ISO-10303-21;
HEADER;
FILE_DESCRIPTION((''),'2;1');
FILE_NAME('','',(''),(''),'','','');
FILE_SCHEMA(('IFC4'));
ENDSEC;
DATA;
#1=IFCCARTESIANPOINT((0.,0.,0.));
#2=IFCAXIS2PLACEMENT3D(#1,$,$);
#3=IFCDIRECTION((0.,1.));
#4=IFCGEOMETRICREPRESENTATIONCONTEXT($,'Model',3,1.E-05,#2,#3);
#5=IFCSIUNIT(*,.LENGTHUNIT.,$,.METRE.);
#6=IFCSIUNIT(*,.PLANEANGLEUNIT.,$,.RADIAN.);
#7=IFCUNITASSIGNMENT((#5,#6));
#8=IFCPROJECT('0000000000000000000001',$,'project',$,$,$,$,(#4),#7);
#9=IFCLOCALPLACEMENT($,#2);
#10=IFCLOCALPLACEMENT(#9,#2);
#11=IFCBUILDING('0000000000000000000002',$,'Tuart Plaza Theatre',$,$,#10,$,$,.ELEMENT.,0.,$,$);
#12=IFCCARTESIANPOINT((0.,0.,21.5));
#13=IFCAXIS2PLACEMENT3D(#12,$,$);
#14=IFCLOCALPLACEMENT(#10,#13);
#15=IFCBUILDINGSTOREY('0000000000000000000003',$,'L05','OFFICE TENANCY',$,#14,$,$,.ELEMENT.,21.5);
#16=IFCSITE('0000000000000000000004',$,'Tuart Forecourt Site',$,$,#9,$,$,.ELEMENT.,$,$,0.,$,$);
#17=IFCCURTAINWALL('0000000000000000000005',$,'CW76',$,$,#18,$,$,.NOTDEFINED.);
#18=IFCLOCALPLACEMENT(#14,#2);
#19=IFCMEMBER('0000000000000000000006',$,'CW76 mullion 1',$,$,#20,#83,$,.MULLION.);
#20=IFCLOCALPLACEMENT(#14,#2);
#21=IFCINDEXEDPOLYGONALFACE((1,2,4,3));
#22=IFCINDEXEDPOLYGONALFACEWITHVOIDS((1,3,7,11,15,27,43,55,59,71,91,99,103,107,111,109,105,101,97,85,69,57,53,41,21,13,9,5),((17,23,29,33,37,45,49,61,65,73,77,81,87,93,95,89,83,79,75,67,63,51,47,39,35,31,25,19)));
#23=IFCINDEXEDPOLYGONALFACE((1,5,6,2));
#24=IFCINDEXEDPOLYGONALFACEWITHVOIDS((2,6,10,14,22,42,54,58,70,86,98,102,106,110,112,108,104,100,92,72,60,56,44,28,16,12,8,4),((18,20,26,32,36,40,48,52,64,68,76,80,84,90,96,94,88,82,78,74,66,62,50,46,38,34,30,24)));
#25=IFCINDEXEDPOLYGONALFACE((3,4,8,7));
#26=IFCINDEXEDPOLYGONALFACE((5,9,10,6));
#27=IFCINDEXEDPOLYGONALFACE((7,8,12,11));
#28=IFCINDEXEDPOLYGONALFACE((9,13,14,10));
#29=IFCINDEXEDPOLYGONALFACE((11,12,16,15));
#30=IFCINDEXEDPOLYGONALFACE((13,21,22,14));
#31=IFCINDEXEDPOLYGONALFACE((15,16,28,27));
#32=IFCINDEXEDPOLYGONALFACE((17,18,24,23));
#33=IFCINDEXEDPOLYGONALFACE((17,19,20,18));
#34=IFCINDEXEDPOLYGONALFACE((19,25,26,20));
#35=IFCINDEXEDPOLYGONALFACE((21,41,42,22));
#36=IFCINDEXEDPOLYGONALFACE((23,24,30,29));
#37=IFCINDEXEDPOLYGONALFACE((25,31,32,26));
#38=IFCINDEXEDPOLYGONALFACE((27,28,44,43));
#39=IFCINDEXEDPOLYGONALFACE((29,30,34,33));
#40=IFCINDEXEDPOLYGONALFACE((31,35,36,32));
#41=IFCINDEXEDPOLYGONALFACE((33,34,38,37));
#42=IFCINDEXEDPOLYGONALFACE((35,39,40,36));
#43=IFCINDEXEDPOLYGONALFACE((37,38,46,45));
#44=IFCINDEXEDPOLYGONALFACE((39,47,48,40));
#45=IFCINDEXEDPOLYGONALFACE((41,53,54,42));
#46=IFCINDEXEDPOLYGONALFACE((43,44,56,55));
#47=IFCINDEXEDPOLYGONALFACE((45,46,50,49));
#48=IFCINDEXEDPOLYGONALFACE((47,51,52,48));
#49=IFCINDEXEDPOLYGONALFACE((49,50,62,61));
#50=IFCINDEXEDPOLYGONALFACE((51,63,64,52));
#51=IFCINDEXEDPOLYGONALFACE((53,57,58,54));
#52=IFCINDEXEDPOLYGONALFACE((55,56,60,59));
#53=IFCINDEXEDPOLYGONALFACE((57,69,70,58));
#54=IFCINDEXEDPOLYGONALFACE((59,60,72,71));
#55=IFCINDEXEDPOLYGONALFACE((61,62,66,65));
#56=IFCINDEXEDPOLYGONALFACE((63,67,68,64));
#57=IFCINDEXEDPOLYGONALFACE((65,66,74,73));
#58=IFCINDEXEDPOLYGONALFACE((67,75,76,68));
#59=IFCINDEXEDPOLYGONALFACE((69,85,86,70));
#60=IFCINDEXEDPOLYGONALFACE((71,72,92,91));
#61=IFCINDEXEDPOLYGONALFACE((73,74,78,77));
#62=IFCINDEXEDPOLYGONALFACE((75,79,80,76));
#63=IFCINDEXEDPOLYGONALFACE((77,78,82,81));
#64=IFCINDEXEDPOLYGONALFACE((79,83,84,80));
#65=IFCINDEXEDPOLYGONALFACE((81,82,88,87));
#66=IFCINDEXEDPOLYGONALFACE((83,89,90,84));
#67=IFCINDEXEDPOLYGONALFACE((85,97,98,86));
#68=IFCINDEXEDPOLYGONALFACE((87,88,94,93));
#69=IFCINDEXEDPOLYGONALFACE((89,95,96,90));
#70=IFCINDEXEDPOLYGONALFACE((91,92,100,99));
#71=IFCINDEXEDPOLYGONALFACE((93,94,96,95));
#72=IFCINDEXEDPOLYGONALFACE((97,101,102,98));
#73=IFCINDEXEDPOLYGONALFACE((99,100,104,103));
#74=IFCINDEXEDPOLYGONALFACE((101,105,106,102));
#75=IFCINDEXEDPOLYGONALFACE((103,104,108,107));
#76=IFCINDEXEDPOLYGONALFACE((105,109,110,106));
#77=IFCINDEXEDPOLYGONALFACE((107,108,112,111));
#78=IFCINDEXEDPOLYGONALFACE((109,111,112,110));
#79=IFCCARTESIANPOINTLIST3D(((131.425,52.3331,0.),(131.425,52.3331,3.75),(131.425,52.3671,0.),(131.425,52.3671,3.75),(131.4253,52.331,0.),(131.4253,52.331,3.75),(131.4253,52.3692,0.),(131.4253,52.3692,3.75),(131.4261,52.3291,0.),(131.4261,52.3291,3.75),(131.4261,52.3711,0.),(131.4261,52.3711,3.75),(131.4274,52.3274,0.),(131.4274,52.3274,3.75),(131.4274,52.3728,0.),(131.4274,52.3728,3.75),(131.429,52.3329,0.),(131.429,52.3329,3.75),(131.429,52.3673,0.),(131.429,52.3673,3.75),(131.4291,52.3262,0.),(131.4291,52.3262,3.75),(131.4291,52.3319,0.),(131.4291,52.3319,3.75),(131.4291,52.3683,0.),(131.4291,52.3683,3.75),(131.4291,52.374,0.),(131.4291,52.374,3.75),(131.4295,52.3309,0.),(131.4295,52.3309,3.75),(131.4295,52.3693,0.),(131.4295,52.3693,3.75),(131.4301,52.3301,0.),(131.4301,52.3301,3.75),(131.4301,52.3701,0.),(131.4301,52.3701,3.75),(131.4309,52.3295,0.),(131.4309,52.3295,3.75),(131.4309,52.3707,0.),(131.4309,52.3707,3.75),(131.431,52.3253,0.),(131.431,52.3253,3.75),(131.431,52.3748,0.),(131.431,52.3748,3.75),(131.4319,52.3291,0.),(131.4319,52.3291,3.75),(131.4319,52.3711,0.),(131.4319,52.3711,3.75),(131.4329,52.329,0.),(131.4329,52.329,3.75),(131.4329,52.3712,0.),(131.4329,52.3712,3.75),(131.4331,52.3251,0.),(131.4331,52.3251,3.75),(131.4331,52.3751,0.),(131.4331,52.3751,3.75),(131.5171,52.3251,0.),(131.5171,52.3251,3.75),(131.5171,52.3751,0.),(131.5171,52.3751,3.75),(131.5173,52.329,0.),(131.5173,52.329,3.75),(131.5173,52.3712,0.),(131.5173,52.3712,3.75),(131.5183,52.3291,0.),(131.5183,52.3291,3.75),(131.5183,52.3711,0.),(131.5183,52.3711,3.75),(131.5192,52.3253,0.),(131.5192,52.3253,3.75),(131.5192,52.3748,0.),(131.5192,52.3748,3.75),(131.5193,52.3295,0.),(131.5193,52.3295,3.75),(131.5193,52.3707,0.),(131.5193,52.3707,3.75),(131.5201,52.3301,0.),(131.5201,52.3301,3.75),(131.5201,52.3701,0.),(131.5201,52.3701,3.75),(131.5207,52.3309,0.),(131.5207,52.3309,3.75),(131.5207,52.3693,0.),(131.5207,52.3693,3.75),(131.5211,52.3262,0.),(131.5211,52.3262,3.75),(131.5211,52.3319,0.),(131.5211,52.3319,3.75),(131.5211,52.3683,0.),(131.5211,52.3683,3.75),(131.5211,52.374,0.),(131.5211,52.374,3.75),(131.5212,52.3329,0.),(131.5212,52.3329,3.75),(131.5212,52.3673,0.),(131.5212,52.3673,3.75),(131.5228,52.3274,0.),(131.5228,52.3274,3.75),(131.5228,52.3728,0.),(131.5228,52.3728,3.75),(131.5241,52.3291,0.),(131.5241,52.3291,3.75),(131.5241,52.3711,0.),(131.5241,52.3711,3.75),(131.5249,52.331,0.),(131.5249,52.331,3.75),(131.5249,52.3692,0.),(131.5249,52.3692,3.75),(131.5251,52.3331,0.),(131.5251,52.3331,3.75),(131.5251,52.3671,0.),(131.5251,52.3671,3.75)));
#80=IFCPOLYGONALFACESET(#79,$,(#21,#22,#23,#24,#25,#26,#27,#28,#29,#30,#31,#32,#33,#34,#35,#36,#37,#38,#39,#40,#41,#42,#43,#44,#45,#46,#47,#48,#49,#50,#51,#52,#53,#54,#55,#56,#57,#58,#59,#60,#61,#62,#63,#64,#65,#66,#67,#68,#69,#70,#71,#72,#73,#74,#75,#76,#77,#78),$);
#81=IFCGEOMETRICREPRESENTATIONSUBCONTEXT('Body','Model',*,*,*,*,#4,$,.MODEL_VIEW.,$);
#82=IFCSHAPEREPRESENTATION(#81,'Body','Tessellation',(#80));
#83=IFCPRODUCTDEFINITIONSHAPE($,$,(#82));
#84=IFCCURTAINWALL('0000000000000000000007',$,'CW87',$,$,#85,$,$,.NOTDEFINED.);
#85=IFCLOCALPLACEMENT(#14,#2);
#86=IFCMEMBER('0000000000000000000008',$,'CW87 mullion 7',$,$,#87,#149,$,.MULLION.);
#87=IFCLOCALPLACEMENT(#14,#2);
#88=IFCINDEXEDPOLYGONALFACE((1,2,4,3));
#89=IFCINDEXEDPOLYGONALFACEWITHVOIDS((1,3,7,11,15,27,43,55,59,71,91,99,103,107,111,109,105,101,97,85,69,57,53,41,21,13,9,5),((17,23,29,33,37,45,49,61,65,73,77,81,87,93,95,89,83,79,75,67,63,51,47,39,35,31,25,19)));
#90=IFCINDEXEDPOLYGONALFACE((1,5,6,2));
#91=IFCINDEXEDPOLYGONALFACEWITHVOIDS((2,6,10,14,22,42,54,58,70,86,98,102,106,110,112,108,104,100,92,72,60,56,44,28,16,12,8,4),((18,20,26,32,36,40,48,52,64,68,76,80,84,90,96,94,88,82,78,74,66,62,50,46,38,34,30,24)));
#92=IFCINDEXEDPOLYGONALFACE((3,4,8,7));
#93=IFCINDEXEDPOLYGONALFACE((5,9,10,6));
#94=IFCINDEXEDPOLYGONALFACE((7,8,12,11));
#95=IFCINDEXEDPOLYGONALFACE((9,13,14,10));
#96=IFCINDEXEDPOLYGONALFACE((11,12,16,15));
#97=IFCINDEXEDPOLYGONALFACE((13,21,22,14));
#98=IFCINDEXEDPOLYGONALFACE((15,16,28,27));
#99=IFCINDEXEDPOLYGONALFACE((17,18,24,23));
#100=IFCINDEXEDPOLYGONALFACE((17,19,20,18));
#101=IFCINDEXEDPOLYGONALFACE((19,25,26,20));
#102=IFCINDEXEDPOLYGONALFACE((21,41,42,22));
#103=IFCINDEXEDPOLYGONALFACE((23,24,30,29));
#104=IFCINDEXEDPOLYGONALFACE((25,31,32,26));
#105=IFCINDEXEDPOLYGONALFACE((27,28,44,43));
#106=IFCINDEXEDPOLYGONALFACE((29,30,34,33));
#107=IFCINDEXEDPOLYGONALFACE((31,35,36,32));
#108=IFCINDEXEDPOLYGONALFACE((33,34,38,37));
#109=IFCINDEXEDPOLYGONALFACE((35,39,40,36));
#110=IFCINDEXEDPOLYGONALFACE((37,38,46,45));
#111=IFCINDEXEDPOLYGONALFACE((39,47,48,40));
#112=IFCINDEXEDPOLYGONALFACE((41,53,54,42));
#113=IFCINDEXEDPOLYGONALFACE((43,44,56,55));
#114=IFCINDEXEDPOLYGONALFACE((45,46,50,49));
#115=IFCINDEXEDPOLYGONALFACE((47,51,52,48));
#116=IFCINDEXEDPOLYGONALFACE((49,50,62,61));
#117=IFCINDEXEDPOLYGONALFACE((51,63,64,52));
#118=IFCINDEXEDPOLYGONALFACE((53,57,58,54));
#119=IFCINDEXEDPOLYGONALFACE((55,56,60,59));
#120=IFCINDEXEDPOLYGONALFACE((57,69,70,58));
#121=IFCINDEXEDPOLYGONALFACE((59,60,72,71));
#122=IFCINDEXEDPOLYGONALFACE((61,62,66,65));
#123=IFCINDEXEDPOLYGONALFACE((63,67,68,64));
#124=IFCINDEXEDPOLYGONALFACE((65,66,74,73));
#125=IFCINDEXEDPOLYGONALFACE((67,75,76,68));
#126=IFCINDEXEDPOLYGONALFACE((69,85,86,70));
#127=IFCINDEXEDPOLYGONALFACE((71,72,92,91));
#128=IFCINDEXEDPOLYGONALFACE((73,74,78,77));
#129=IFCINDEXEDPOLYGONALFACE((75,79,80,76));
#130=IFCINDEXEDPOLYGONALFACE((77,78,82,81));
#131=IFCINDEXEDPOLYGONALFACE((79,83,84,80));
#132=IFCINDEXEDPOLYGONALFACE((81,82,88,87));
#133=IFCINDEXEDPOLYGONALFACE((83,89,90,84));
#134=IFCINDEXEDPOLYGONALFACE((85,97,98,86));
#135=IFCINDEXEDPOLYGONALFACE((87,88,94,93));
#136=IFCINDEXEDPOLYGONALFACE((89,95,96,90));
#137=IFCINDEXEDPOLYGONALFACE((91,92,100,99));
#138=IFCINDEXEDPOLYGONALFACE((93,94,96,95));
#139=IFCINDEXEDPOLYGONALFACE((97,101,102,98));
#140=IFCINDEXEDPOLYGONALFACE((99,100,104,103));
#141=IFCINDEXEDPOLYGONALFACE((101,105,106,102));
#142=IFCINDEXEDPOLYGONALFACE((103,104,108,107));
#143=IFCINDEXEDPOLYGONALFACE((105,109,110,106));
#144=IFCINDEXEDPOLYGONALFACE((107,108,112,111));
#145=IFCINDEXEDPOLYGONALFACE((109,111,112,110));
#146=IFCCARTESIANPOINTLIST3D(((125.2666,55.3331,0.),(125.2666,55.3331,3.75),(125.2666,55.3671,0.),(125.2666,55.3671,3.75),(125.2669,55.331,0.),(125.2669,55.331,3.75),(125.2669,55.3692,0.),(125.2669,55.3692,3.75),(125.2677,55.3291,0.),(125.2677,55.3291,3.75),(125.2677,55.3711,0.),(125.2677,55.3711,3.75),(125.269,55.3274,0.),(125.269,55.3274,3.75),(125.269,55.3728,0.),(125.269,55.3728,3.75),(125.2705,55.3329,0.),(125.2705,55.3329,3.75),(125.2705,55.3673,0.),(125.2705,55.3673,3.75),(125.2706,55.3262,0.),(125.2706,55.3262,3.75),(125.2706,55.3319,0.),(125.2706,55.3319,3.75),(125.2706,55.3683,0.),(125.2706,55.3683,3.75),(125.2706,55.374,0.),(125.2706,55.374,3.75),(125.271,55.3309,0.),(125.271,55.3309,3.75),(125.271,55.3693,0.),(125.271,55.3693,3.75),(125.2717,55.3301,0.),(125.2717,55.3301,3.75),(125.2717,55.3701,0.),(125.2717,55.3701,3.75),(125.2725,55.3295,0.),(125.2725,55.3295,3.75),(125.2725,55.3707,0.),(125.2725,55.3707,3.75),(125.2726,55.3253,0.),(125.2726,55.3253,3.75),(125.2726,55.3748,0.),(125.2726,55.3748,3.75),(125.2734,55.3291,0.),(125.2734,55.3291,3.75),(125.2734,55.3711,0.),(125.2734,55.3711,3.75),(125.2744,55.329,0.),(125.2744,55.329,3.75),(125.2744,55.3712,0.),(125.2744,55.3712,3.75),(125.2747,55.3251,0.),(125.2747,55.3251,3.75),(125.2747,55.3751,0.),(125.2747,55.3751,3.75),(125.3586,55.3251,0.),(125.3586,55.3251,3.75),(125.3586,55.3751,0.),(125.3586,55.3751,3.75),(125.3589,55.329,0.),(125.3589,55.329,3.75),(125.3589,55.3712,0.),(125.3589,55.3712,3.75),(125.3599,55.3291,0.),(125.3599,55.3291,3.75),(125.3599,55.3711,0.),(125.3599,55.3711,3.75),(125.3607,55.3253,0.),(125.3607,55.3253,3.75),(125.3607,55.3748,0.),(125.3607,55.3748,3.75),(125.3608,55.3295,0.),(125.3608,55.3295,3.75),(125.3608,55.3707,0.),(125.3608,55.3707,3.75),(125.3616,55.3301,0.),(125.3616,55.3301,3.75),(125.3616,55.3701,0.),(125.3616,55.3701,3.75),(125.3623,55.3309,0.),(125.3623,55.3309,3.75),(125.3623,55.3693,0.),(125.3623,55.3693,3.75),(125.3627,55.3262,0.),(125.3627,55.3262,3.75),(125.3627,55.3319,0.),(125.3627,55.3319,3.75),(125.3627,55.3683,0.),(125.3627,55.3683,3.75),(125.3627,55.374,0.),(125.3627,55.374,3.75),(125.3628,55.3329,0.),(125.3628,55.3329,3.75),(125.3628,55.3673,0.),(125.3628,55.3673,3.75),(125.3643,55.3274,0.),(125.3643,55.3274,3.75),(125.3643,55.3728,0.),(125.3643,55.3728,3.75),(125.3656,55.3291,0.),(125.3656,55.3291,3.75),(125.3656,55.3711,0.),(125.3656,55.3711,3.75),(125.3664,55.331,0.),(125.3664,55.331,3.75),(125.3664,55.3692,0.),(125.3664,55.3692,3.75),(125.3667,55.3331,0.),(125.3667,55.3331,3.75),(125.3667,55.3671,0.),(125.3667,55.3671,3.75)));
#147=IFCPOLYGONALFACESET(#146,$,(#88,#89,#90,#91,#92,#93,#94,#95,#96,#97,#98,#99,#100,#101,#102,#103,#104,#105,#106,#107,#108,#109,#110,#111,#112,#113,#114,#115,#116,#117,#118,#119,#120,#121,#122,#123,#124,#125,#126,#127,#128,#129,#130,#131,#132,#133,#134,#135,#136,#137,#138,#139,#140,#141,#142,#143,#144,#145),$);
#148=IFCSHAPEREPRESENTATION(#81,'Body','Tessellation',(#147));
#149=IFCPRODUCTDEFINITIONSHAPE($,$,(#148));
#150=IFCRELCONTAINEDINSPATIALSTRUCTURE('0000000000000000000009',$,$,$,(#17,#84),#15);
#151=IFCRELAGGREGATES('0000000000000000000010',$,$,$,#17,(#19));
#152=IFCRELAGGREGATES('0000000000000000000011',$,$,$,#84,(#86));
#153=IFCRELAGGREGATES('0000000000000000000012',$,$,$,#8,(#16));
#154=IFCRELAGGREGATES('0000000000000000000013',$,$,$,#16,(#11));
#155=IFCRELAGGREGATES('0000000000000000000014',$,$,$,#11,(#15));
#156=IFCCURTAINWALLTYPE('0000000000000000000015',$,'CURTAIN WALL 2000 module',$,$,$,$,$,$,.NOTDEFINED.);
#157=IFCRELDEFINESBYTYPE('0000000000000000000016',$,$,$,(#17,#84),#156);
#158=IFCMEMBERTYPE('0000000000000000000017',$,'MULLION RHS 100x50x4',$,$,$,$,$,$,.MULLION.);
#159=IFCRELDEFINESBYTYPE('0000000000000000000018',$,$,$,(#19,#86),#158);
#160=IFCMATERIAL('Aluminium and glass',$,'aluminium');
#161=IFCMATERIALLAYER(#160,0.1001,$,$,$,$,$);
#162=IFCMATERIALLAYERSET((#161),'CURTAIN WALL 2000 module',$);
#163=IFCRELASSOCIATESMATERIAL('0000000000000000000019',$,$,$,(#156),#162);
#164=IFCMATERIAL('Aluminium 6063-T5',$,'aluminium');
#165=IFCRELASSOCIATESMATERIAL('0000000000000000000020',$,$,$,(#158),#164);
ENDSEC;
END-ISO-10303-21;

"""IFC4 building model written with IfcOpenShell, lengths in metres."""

from ifc_helpers import new_model, si_unit, direction, frame, origin, origin_2d, place, context, subcontext, project, spatial, hollow_rectangle, extrude, material, layer, layer_set, material_profile, profile_set, type_object, element, aggregate, save


model = new_model("IFC4")

# Units and contexts
model_context = context("Model", 3, precision=1e-05, world=origin(), true_north=direction((0.0, 1.0)))
body_context = subcontext(model_context, "Body", "Model", "MODEL_VIEW")
ifc_project = project(units=[si_unit("LENGTHUNIT", "METRE"), si_unit("PLANEANGLEUNIT", "RADIAN")], contexts=[model_context])

# Site, building, storey
site_placement = place(None, origin())
site = spatial("IfcSite", under=ifc_project, at=site_placement, Name="Tuart Forecourt Site", CompositionType="ELEMENT", RefElevation=0.0)
building_placement = place(site_placement, origin())
building = spatial("IfcBuilding", under=site, at=building_placement, Name="Tuart Plaza Theatre", CompositionType="ELEMENT", ElevationOfRefHeight=0.0)
storey_placement = place(building_placement, frame((0.0, 0.0, 21.5)))
storey = spatial("IfcBuildingStorey", under=building, at=storey_placement, Name="L05", Description="OFFICE TENANCY", CompositionType="ELEMENT", Elevation=21.5)

# Shared definitions
ifc_material_1 = material(Name="Aluminium and glass", Category="aluminium")
ifc_layer_1 = layer(ifc_material_1, 0.1001)
ifc_layer_set_1 = layer_set([ifc_layer_1], Name="CURTAIN WALL 2000 module")
curtain_wall_type = type_object("IfcCurtainWallType", Name="CURTAIN WALL 2000 module", PredefinedType="NOTDEFINED", material=ifc_layer_set_1)
ifc_material_2 = material(Name="Aluminium 6063-T5", Category="aluminium")
ifc_material_profile_1 = material_profile(ifc_material_2, hollow_rectangle(XDim=0.05, YDim=0.1001, WallThickness=0.0039, InnerFilletRadius=0.0039, OuterFilletRadius=0.0081, at=origin_2d()), Name="RHS 100x50x4")
ifc_profile_set_1 = profile_set([ifc_material_profile_1], Name="Aluminium 6063-T5")
member_type_1 = type_object("IfcMemberType", Name="MULLION RHS 100x50x4", PredefinedType="MULLION", material=ifc_profile_set_1)

# Curtain wall, member
curtain_wall_1_placement = place(storey_placement, origin())
curtain_wall_1 = element("IfcCurtainWall", 1, at=curtain_wall_1_placement, inside=storey, type_object=curtain_wall_type, Name="CW76", PredefinedType="NOTDEFINED")
member_1_placement = place(storey_placement, frame((131.4751, 52.3501, 0.0), z_axis=(0.0, 0.0, 1.0), x_axis=(0.0, 1.0, 0.0)))
member_1 = element("IfcMember", 2, at=member_1_placement, type_object=member_type_1, Name="CW76 mullion 1", PredefinedType="MULLION", context=body_context, shape_type="SweptSolid", body=[
    extrude(hollow_rectangle(XDim=0.05, YDim=0.1001, WallThickness=0.0039, InnerFilletRadius=0.0039, OuterFilletRadius=0.0081, at=origin_2d()), origin(), (0.0, 0.0, 1.0), 3.75),
])
aggregate(curtain_wall_1, [member_1])

# Curtain wall, member
curtain_wall_2_placement = place(storey_placement, origin())
curtain_wall_2 = element("IfcCurtainWall", 3, at=curtain_wall_2_placement, inside=storey, type_object=curtain_wall_type, Name="CW87", PredefinedType="NOTDEFINED")
member_2_placement = place(storey_placement, frame((125.3167, 55.3501, 0.0), z_axis=(0.0, 0.0, 1.0), x_axis=(0.0, 1.0, 0.0)))
member_2 = element("IfcMember", 4, at=member_2_placement, type_object=member_type_1, Name="CW87 mullion 7", PredefinedType="MULLION", context=body_context, shape_type="SweptSolid", body=[
    extrude(hollow_rectangle(XDim=0.05, YDim=0.1001, WallThickness=0.0039, InnerFilletRadius=0.0039, OuterFilletRadius=0.0081, at=origin_2d()), origin(), (0.0, 0.0, 1.0), 3.75),
])

aggregate(curtain_wall_2, [member_2])

save(model, "model.ifc")
